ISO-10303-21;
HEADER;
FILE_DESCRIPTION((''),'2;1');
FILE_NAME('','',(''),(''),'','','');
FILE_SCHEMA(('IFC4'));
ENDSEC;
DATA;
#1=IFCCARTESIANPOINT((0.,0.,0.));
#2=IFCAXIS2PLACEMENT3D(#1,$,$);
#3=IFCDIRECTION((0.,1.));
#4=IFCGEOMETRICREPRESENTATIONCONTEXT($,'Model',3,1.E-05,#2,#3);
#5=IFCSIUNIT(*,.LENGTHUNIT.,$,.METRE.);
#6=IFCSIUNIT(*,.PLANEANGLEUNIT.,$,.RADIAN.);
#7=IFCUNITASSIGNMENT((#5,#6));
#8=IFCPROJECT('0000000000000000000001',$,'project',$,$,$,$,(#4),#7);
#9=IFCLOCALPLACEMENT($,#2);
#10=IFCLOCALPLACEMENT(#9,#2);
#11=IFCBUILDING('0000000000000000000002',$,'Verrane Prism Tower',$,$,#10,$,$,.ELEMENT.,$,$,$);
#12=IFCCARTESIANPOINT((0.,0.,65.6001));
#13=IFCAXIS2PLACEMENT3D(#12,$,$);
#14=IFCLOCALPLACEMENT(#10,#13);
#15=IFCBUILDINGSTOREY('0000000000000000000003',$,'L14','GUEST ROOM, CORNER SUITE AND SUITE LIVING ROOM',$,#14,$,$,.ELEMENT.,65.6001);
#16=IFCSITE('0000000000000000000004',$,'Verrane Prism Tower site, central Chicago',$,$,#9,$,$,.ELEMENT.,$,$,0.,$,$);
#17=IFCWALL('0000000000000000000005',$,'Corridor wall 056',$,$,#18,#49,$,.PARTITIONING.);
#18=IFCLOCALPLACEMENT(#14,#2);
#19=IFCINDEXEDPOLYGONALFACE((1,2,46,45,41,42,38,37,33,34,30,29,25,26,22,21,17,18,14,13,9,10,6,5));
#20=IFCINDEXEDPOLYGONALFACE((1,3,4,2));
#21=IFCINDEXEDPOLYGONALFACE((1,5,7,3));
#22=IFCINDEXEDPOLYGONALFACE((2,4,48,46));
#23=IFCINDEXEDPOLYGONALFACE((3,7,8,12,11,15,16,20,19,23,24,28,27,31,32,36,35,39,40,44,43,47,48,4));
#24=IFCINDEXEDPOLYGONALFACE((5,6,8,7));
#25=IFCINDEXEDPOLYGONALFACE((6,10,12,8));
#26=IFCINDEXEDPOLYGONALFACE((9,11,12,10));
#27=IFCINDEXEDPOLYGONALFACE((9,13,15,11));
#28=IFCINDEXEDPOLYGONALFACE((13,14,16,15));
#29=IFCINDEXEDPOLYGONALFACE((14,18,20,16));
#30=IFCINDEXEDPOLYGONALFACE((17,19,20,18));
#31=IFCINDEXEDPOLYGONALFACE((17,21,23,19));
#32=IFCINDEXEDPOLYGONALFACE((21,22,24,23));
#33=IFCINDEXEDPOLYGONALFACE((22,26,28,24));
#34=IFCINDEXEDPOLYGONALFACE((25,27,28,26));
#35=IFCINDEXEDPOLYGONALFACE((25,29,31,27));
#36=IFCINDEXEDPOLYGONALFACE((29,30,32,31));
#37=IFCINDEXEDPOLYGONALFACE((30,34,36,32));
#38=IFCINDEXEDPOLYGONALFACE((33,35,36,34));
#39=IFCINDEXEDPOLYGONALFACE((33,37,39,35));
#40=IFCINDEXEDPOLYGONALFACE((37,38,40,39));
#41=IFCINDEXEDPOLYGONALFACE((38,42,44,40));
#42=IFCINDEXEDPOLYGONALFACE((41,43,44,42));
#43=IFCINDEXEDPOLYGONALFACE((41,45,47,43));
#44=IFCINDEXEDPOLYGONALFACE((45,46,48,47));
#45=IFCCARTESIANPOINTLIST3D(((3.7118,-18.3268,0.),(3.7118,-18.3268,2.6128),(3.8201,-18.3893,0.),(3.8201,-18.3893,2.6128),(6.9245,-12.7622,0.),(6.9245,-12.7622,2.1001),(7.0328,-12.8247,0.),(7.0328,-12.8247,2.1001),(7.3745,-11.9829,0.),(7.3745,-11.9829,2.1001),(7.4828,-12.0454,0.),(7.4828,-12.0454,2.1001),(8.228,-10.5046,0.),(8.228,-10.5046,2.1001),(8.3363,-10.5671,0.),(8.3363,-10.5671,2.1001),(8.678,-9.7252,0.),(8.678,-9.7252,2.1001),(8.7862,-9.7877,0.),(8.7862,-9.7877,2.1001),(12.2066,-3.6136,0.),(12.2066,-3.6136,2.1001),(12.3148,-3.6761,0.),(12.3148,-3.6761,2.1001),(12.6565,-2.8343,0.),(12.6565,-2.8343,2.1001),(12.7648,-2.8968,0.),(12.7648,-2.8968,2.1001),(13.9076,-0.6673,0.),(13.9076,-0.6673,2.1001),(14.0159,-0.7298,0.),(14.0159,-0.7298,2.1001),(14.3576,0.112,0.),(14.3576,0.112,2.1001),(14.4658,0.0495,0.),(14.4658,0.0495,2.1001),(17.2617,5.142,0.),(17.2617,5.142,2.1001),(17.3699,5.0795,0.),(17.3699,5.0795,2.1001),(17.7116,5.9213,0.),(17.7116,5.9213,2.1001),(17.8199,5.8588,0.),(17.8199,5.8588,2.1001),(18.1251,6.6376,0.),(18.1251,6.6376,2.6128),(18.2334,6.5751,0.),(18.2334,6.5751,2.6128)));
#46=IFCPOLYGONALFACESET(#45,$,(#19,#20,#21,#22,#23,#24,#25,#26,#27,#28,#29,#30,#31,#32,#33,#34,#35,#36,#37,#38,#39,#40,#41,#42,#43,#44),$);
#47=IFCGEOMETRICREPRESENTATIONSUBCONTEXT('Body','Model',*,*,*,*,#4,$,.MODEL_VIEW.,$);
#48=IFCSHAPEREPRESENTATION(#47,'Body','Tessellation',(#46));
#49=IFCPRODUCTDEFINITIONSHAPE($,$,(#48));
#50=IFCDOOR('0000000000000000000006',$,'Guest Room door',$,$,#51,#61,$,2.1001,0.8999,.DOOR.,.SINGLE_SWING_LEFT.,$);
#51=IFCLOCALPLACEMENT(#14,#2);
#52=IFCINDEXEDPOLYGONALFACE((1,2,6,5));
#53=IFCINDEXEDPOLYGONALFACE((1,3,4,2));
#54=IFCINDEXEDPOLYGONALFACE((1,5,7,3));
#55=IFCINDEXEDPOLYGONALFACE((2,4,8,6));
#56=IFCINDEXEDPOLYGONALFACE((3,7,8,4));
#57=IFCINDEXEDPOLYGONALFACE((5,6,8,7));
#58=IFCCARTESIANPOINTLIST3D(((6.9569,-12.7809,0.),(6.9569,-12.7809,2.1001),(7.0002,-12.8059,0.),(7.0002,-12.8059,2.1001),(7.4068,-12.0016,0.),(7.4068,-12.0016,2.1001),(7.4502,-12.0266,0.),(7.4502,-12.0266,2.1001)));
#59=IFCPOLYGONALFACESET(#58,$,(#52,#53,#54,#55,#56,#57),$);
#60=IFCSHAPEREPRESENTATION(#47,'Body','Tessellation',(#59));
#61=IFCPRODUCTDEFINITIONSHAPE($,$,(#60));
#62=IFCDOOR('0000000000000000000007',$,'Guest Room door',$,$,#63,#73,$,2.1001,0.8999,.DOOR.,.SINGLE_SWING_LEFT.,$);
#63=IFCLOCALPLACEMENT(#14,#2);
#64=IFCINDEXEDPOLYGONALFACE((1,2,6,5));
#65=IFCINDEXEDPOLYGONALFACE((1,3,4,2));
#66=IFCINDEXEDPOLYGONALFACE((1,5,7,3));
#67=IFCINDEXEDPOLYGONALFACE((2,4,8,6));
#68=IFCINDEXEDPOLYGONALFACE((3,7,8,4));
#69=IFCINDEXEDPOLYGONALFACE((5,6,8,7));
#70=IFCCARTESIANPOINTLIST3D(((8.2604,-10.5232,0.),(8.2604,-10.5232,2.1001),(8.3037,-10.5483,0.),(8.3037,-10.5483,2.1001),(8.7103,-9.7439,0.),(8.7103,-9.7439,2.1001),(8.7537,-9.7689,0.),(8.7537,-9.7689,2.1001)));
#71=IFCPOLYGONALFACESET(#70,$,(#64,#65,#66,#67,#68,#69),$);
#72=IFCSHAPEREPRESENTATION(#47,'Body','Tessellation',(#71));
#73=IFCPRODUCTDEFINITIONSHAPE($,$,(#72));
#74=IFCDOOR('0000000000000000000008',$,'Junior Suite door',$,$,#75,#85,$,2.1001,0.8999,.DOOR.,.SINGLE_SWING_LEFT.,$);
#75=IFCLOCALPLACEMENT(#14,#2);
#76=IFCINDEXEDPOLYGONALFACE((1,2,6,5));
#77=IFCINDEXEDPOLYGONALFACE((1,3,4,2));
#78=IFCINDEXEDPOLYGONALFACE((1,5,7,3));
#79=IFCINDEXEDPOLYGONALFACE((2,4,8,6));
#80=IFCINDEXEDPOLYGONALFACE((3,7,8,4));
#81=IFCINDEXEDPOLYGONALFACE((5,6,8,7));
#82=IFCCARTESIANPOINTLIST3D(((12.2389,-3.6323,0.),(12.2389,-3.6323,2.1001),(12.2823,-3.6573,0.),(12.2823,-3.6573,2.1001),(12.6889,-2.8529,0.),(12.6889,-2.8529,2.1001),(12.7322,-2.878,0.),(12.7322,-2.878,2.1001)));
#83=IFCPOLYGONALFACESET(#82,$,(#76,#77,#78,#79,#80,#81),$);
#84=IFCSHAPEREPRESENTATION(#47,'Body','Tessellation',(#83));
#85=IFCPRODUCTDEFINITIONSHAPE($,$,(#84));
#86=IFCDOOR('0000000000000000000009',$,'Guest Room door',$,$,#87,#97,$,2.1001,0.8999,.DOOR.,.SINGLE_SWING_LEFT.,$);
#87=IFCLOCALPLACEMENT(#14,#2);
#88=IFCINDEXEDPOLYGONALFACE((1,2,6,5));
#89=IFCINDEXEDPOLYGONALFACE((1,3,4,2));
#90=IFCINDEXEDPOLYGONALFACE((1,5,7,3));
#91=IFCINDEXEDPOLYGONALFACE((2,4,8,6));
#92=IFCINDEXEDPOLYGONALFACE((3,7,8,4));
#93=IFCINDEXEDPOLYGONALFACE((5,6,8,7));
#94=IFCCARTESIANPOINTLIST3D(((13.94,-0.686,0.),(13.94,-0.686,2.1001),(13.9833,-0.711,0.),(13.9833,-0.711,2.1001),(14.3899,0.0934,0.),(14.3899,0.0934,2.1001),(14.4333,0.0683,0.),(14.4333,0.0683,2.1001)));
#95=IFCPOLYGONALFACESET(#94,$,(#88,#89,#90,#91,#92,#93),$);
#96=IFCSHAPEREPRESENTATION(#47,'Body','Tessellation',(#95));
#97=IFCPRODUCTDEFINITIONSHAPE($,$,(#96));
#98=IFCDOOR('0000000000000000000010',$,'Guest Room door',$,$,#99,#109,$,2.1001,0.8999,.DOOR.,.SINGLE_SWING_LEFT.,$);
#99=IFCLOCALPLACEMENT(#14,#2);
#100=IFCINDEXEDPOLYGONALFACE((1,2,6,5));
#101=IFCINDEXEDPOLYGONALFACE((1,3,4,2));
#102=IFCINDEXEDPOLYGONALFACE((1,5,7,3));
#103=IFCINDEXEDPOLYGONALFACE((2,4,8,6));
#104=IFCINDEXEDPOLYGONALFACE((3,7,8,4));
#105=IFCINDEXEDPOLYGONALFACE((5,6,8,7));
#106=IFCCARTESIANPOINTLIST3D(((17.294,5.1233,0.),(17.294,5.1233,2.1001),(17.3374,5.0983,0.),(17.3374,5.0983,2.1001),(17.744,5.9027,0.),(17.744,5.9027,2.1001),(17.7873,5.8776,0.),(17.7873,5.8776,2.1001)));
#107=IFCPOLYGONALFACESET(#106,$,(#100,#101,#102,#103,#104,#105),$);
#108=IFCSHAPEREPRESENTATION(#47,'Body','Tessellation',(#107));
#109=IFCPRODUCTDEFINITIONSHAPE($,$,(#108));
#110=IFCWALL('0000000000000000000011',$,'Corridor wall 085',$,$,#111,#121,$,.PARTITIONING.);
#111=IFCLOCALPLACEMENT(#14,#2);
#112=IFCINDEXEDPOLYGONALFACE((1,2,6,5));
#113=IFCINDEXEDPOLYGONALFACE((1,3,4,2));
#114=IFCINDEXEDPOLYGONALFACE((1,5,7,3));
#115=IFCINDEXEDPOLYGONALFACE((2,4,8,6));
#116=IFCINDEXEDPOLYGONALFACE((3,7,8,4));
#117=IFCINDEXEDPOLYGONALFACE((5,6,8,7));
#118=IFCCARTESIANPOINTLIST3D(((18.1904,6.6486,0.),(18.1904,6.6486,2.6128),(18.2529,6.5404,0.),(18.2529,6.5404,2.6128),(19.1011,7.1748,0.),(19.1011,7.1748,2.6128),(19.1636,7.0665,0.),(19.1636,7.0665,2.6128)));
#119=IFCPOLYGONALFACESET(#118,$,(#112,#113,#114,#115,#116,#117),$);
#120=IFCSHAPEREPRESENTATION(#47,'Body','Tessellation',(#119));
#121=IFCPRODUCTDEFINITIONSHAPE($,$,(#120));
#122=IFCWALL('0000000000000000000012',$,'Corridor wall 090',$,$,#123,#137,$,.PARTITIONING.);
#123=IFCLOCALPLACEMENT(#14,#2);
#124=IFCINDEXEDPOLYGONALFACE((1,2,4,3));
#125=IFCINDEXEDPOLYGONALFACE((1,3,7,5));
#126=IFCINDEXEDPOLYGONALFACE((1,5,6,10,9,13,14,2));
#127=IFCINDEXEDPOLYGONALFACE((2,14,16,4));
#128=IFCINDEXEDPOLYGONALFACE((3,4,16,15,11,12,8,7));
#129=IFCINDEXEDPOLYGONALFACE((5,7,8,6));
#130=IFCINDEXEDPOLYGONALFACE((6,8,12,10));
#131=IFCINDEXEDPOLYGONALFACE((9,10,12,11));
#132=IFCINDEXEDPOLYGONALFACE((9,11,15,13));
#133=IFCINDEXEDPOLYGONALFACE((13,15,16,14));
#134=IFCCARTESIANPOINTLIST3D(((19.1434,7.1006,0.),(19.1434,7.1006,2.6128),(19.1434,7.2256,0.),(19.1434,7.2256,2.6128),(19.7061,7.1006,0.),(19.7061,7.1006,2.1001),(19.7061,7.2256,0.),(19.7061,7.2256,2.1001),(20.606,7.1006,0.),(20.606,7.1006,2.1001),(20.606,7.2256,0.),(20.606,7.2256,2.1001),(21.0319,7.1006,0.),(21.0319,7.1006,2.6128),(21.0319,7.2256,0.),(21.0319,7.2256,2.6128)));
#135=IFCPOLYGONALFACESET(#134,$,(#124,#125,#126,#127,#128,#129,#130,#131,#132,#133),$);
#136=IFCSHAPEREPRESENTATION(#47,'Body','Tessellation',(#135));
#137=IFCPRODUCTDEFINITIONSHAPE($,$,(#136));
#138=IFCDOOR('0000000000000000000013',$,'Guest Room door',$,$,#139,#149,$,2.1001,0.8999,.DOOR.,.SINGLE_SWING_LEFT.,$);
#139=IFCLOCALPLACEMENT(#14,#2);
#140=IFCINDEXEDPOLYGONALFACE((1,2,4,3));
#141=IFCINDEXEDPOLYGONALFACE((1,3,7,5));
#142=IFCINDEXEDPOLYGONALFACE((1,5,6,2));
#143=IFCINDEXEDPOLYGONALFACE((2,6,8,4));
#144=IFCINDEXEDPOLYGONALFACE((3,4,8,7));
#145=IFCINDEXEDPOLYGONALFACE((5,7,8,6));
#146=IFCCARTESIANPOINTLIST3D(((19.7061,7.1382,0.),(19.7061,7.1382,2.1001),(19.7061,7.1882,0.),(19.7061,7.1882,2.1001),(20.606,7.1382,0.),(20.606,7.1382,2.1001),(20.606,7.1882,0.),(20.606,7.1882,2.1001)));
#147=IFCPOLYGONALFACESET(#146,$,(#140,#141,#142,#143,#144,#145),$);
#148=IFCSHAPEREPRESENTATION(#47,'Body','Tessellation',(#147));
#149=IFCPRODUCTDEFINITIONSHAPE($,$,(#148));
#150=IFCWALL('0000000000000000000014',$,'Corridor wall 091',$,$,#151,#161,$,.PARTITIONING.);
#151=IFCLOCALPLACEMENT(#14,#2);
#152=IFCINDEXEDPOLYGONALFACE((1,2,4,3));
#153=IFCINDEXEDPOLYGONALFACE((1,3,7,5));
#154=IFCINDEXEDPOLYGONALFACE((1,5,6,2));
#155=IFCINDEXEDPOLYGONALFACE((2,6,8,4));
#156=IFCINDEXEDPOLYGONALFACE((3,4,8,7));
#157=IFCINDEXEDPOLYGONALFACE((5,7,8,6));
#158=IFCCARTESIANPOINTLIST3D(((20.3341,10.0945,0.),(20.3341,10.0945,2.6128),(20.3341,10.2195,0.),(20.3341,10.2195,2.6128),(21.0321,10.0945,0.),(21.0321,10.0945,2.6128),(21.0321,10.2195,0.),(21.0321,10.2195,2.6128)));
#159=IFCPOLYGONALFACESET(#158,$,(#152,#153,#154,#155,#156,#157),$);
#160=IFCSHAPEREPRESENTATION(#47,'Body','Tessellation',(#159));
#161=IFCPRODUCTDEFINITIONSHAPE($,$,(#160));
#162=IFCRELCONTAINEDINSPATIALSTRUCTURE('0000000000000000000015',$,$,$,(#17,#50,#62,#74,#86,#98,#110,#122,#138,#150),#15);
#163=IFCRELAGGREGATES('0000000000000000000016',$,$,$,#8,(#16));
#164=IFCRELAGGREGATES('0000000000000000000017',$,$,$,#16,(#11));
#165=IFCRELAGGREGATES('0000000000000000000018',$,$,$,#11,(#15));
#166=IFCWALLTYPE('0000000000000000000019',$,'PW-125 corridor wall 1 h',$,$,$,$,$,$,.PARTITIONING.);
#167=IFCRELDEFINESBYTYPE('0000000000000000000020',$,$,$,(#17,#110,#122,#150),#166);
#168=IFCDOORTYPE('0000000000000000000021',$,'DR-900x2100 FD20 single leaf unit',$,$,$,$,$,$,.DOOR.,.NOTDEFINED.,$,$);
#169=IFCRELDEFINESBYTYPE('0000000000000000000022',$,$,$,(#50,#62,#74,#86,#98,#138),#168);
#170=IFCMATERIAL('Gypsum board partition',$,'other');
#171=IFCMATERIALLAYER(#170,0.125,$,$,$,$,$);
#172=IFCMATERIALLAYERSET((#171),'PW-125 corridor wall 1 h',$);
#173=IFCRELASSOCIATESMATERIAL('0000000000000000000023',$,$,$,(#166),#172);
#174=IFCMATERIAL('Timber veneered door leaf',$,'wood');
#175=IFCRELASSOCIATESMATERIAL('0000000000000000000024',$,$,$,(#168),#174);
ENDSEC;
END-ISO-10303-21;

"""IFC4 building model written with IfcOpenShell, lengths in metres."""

from ifc_helpers import new_model, si_unit, direction, frame, frame_2d, origin, place, context, subcontext, project, spatial, rectangle, extrude, material, layer, layer_set, type_object, element, fill, save


model = new_model("IFC4")

# Units and contexts
model_context = context("Model", 3, precision=1e-05, world=origin(), true_north=direction((0.0, 1.0)))
body_context = subcontext(model_context, "Body", "Model", "MODEL_VIEW")
ifc_project = project(units=[si_unit("LENGTHUNIT", "METRE"), si_unit("PLANEANGLEUNIT", "RADIAN")], contexts=[model_context])

# Site, building, storey
site_placement = place(None, origin())
site = spatial("IfcSite", under=ifc_project, at=site_placement, Name="Verrane Prism Tower site, central Chicago", CompositionType="ELEMENT", RefElevation=0.0)
building_placement = place(site_placement, origin())
building = spatial("IfcBuilding", under=site, at=building_placement, Name="Verrane Prism Tower", CompositionType="ELEMENT")
storey_placement = place(building_placement, frame((0.0, 0.0, 65.6001)))
storey = spatial("IfcBuildingStorey", under=building, at=storey_placement, Name="L14", Description="GUEST ROOM, CORNER SUITE AND SUITE LIVING ROOM", CompositionType="ELEMENT", Elevation=65.6001)

# Wall, openings, doors
ifc_material_1 = material(Name="Gypsum board partition", Category="other")
ifc_layer_1 = layer(ifc_material_1, 0.125)
ifc_layer_set_1 = layer_set([ifc_layer_1], Name="PW-125 corridor wall 1 h")
wall_type_1 = type_object("IfcWallType", Name="PW-125 corridor wall 1 h", PredefinedType="PARTITIONING", material=ifc_layer_set_1)
wall_1_placement = place(storey_placement, frame((18.1792, 6.6062, 0.0), z_axis=(0.0, 0.0, 1.0), x_axis=(-0.500004, -0.866023, 0.0)))
wall_1 = element("IfcWall", 1, at=wall_1_placement, inside=storey, type_object=wall_type_1, Name="Corridor wall 056", PredefinedType="PARTITIONING", context=body_context, shape_type="SweptSolid", body=[
    extrude(rectangle(XDim=28.8264, YDim=0.125, at=frame_2d((14.4131, 0.0))), origin(), (0.0, 0.0, 1.0), 2.6128),
])
opening_1_placement = place(wall_1_placement, frame((21.501, 0.0, 0.0)))
opening_1 = element("IfcOpeningElement", 2, at=opening_1_placement, cuts=wall_1, PredefinedType="OPENING", context=body_context, shape_type="SweptSolid", body=[
    extrude(rectangle(XDim=0.8999, YDim=2.1001, at=frame_2d((0.45, 1.05))), frame((0.0, 0.0725, 0.0), z_axis=(0.0, -1.0, 0.0), x_axis=(1.0, 0.0, 0.0)), (0.0, 0.0, 1.0), 0.145),
])
opening_2_placement = place(wall_1_placement, frame((18.894, 0.0, 0.0)))
opening_2 = element("IfcOpeningElement", 3, at=opening_2_placement, cuts=wall_1, PredefinedType="OPENING", context=body_context, shape_type="SweptSolid", body=[
    extrude(rectangle(XDim=0.8999, YDim=2.1001, at=frame_2d((0.45, 1.05))), frame((0.0, 0.0725, 0.0), z_axis=(0.0, -1.0, 0.0), x_axis=(1.0, 0.0, 0.0)), (0.0, 0.0, 1.0), 0.145),
])
opening_3_placement = place(wall_1_placement, frame((10.937, 0.0, 0.0)))
opening_3 = element("IfcOpeningElement", 4, at=opening_3_placement, cuts=wall_1, PredefinedType="OPENING", context=body_context, shape_type="SweptSolid", body=[
    extrude(rectangle(XDim=0.8999, YDim=2.1001, at=frame_2d((0.45, 1.05))), frame((0.0, 0.0725, 0.0), z_axis=(0.0, -1.0, 0.0), x_axis=(1.0, 0.0, 0.0)), (0.0, 0.0, 1.0), 0.145),
])
opening_4_placement = place(wall_1_placement, frame((7.5349, 0.0, 0.0)))
opening_4 = element("IfcOpeningElement", 5, at=opening_4_placement, cuts=wall_1, PredefinedType="OPENING", context=body_context, shape_type="SweptSolid", body=[
    extrude(rectangle(XDim=0.8999, YDim=2.1001, at=frame_2d((0.45, 1.05))), frame((0.0, 0.0725, 0.0), z_axis=(0.0, -1.0, 0.0), x_axis=(1.0, 0.0, 0.0)), (0.0, 0.0, 1.0), 0.145),
])
opening_5_placement = place(wall_1_placement, frame((0.8269, 0.0, 0.0)))
opening_5 = element("IfcOpeningElement", 6, at=opening_5_placement, cuts=wall_1, PredefinedType="OPENING", context=body_context, shape_type="SweptSolid", body=[
    extrude(rectangle(XDim=0.8999, YDim=2.1001, at=frame_2d((0.45, 1.05))), frame((0.0, 0.0725, 0.0), z_axis=(0.0, -1.0, 0.0), x_axis=(1.0, 0.0, 0.0)), (0.0, 0.0, 1.0), 0.145),
])
ifc_material_2 = material(Name="Timber veneered door leaf", Category="wood")
door_type_1 = type_object("IfcDoorType", Name="DR-900x2100 FD20 single leaf unit", OperationType="NOTDEFINED", PredefinedType="DOOR", material=ifc_material_2)
door_1_placement = place(opening_1_placement, origin())
door_1 = element("IfcDoor", 7, at=door_1_placement, inside=storey, type_object=door_type_1, Name="Guest Room door", OperationType="SINGLE_SWING_LEFT", OverallHeight=2.1001, OverallWidth=0.8999, PredefinedType="DOOR", context=body_context, shape_type="SweptSolid", body=[
    extrude(rectangle(XDim=0.8999, YDim=2.1001, at=frame_2d((0.45, 1.05))), frame((0.0, 0.0249, 0.0), z_axis=(0.0, -1.0, 0.0), x_axis=(1.0, 0.0, 0.0)), (0.0, 0.0, 1.0), 0.05),
])
fill(opening_1, door_1)
door_2_placement = place(opening_2_placement, origin())
door_2 = element("IfcDoor", 8, at=door_2_placement, inside=storey, type_object=door_type_1, Name="Guest Room door", OperationType="SINGLE_SWING_LEFT", OverallHeight=2.1001, OverallWidth=0.8999, PredefinedType="DOOR", context=body_context, shape_type="SweptSolid", body=[
    extrude(rectangle(XDim=0.8999, YDim=2.1001, at=frame_2d((0.45, 1.05))), frame((0.0, 0.0249, 0.0), z_axis=(0.0, -1.0, 0.0), x_axis=(1.0, 0.0, 0.0)), (0.0, 0.0, 1.0), 0.05),
])
fill(opening_2, door_2)
door_3_placement = place(opening_3_placement, origin())
door_3 = element("IfcDoor", 9, at=door_3_placement, inside=storey, type_object=door_type_1, Name="Junior Suite door", OperationType="SINGLE_SWING_LEFT", OverallHeight=2.1001, OverallWidth=0.8999, PredefinedType="DOOR", context=body_context, shape_type="SweptSolid", body=[
    extrude(rectangle(XDim=0.8999, YDim=2.1001, at=frame_2d((0.45, 1.05))), frame((0.0, 0.0249, 0.0), z_axis=(0.0, -1.0, 0.0), x_axis=(1.0, 0.0, 0.0)), (0.0, 0.0, 1.0), 0.05),
])
fill(opening_3, door_3)
door_4_placement = place(opening_4_placement, origin())
door_4 = element("IfcDoor", 10, at=door_4_placement, inside=storey, type_object=door_type_1, Name="Guest Room door", OperationType="SINGLE_SWING_LEFT", OverallHeight=2.1001, OverallWidth=0.8999, PredefinedType="DOOR", context=body_context, shape_type="SweptSolid", body=[
    extrude(rectangle(XDim=0.8999, YDim=2.1001, at=frame_2d((0.45, 1.05))), frame((0.0, 0.0249, 0.0), z_axis=(0.0, -1.0, 0.0), x_axis=(1.0, 0.0, 0.0)), (0.0, 0.0, 1.0), 0.05),
])
fill(opening_4, door_4)
door_5_placement = place(opening_5_placement, origin())
door_5 = element("IfcDoor", 11, at=door_5_placement, inside=storey, type_object=door_type_1, Name="Guest Room door", OperationType="SINGLE_SWING_LEFT", OverallHeight=2.1001, OverallWidth=0.8999, PredefinedType="DOOR", context=body_context, shape_type="SweptSolid", body=[
    extrude(rectangle(XDim=0.8999, YDim=2.1001, at=frame_2d((0.45, 1.05))), frame((0.0, 0.0249, 0.0), z_axis=(0.0, -1.0, 0.0), x_axis=(1.0, 0.0, 0.0)), (0.0, 0.0, 1.0), 0.05),
])
fill(opening_5, door_5)

# Wall
wall_2_placement = place(storey_placement, frame((18.2217, 6.5945, 0.0), z_axis=(0.0, 0.0, 1.0), x_axis=(0.865876, 0.500258, 0.0)))
element("IfcWall", 12, at=wall_2_placement, inside=storey, type_object=wall_type_1, Name="Corridor wall 085", PredefinedType="PARTITIONING", context=body_context, shape_type="SweptSolid", body=[
    extrude(rectangle(XDim=1.0518, YDim=0.125, at=frame_2d((0.5259, 0.0))), origin(), (0.0, 0.0, 1.0), 2.6128),
])

# Wall, opening, door
wall_3_placement = place(storey_placement, frame((21.032, 7.1631, 0.0), z_axis=(0.0, 0.0, 1.0), x_axis=(-1.0, 0.0, 0.0)))
wall_3 = element("IfcWall", 13, at=wall_3_placement, inside=storey, type_object=wall_type_1, Name="Corridor wall 090", PredefinedType="PARTITIONING", context=body_context, shape_type="SweptSolid", body=[
    extrude(rectangle(XDim=1.8884, YDim=0.125, at=frame_2d((0.9443, 0.0))), origin(), (0.0, 0.0, 1.0), 2.6128),
])
opening_6_placement = place(wall_3_placement, frame((0.426, 0.0, 0.0)))
opening_6 = element("IfcOpeningElement", 14, at=opening_6_placement, cuts=wall_3, PredefinedType="OPENING", context=body_context, shape_type="SweptSolid", body=[
    extrude(rectangle(XDim=0.8999, YDim=2.1001, at=frame_2d((0.45, 1.05))), frame((0.0, 0.0725, 0.0), z_axis=(0.0, -1.0, 0.0), x_axis=(1.0, 0.0, 0.0)), (0.0, 0.0, 1.0), 0.145),
])
door_6_placement = place(opening_6_placement, origin())
door_6 = element("IfcDoor", 15, at=door_6_placement, inside=storey, type_object=door_type_1, Name="Guest Room door", OperationType="SINGLE_SWING_LEFT", OverallHeight=2.1001, OverallWidth=0.8999, PredefinedType="DOOR", context=body_context, shape_type="SweptSolid", body=[
    extrude(rectangle(XDim=0.8999, YDim=2.1001, at=frame_2d((0.45, 1.05))), frame((0.0, 0.0249, 0.0), z_axis=(0.0, -1.0, 0.0), x_axis=(1.0, 0.0, 0.0)), (0.0, 0.0, 1.0), 0.05),
])
fill(opening_6, door_6)

# Wall
wall_4_placement = place(storey_placement, frame((20.334, 10.157, 0.0), z_axis=(0.0, 0.0, 1.0), x_axis=(1.0, 0.0, 0.0)))
element("IfcWall", 16, at=wall_4_placement, inside=storey, type_object=wall_type_1, Name="Corridor wall 091", PredefinedType="PARTITIONING", context=body_context, shape_type="SweptSolid", body=[
    extrude(rectangle(XDim=0.698, YDim=0.125, at=frame_2d((0.3491, 0.0))), origin(), (0.0, 0.0, 1.0), 2.6128),
])

save(model, "model.ifc")
